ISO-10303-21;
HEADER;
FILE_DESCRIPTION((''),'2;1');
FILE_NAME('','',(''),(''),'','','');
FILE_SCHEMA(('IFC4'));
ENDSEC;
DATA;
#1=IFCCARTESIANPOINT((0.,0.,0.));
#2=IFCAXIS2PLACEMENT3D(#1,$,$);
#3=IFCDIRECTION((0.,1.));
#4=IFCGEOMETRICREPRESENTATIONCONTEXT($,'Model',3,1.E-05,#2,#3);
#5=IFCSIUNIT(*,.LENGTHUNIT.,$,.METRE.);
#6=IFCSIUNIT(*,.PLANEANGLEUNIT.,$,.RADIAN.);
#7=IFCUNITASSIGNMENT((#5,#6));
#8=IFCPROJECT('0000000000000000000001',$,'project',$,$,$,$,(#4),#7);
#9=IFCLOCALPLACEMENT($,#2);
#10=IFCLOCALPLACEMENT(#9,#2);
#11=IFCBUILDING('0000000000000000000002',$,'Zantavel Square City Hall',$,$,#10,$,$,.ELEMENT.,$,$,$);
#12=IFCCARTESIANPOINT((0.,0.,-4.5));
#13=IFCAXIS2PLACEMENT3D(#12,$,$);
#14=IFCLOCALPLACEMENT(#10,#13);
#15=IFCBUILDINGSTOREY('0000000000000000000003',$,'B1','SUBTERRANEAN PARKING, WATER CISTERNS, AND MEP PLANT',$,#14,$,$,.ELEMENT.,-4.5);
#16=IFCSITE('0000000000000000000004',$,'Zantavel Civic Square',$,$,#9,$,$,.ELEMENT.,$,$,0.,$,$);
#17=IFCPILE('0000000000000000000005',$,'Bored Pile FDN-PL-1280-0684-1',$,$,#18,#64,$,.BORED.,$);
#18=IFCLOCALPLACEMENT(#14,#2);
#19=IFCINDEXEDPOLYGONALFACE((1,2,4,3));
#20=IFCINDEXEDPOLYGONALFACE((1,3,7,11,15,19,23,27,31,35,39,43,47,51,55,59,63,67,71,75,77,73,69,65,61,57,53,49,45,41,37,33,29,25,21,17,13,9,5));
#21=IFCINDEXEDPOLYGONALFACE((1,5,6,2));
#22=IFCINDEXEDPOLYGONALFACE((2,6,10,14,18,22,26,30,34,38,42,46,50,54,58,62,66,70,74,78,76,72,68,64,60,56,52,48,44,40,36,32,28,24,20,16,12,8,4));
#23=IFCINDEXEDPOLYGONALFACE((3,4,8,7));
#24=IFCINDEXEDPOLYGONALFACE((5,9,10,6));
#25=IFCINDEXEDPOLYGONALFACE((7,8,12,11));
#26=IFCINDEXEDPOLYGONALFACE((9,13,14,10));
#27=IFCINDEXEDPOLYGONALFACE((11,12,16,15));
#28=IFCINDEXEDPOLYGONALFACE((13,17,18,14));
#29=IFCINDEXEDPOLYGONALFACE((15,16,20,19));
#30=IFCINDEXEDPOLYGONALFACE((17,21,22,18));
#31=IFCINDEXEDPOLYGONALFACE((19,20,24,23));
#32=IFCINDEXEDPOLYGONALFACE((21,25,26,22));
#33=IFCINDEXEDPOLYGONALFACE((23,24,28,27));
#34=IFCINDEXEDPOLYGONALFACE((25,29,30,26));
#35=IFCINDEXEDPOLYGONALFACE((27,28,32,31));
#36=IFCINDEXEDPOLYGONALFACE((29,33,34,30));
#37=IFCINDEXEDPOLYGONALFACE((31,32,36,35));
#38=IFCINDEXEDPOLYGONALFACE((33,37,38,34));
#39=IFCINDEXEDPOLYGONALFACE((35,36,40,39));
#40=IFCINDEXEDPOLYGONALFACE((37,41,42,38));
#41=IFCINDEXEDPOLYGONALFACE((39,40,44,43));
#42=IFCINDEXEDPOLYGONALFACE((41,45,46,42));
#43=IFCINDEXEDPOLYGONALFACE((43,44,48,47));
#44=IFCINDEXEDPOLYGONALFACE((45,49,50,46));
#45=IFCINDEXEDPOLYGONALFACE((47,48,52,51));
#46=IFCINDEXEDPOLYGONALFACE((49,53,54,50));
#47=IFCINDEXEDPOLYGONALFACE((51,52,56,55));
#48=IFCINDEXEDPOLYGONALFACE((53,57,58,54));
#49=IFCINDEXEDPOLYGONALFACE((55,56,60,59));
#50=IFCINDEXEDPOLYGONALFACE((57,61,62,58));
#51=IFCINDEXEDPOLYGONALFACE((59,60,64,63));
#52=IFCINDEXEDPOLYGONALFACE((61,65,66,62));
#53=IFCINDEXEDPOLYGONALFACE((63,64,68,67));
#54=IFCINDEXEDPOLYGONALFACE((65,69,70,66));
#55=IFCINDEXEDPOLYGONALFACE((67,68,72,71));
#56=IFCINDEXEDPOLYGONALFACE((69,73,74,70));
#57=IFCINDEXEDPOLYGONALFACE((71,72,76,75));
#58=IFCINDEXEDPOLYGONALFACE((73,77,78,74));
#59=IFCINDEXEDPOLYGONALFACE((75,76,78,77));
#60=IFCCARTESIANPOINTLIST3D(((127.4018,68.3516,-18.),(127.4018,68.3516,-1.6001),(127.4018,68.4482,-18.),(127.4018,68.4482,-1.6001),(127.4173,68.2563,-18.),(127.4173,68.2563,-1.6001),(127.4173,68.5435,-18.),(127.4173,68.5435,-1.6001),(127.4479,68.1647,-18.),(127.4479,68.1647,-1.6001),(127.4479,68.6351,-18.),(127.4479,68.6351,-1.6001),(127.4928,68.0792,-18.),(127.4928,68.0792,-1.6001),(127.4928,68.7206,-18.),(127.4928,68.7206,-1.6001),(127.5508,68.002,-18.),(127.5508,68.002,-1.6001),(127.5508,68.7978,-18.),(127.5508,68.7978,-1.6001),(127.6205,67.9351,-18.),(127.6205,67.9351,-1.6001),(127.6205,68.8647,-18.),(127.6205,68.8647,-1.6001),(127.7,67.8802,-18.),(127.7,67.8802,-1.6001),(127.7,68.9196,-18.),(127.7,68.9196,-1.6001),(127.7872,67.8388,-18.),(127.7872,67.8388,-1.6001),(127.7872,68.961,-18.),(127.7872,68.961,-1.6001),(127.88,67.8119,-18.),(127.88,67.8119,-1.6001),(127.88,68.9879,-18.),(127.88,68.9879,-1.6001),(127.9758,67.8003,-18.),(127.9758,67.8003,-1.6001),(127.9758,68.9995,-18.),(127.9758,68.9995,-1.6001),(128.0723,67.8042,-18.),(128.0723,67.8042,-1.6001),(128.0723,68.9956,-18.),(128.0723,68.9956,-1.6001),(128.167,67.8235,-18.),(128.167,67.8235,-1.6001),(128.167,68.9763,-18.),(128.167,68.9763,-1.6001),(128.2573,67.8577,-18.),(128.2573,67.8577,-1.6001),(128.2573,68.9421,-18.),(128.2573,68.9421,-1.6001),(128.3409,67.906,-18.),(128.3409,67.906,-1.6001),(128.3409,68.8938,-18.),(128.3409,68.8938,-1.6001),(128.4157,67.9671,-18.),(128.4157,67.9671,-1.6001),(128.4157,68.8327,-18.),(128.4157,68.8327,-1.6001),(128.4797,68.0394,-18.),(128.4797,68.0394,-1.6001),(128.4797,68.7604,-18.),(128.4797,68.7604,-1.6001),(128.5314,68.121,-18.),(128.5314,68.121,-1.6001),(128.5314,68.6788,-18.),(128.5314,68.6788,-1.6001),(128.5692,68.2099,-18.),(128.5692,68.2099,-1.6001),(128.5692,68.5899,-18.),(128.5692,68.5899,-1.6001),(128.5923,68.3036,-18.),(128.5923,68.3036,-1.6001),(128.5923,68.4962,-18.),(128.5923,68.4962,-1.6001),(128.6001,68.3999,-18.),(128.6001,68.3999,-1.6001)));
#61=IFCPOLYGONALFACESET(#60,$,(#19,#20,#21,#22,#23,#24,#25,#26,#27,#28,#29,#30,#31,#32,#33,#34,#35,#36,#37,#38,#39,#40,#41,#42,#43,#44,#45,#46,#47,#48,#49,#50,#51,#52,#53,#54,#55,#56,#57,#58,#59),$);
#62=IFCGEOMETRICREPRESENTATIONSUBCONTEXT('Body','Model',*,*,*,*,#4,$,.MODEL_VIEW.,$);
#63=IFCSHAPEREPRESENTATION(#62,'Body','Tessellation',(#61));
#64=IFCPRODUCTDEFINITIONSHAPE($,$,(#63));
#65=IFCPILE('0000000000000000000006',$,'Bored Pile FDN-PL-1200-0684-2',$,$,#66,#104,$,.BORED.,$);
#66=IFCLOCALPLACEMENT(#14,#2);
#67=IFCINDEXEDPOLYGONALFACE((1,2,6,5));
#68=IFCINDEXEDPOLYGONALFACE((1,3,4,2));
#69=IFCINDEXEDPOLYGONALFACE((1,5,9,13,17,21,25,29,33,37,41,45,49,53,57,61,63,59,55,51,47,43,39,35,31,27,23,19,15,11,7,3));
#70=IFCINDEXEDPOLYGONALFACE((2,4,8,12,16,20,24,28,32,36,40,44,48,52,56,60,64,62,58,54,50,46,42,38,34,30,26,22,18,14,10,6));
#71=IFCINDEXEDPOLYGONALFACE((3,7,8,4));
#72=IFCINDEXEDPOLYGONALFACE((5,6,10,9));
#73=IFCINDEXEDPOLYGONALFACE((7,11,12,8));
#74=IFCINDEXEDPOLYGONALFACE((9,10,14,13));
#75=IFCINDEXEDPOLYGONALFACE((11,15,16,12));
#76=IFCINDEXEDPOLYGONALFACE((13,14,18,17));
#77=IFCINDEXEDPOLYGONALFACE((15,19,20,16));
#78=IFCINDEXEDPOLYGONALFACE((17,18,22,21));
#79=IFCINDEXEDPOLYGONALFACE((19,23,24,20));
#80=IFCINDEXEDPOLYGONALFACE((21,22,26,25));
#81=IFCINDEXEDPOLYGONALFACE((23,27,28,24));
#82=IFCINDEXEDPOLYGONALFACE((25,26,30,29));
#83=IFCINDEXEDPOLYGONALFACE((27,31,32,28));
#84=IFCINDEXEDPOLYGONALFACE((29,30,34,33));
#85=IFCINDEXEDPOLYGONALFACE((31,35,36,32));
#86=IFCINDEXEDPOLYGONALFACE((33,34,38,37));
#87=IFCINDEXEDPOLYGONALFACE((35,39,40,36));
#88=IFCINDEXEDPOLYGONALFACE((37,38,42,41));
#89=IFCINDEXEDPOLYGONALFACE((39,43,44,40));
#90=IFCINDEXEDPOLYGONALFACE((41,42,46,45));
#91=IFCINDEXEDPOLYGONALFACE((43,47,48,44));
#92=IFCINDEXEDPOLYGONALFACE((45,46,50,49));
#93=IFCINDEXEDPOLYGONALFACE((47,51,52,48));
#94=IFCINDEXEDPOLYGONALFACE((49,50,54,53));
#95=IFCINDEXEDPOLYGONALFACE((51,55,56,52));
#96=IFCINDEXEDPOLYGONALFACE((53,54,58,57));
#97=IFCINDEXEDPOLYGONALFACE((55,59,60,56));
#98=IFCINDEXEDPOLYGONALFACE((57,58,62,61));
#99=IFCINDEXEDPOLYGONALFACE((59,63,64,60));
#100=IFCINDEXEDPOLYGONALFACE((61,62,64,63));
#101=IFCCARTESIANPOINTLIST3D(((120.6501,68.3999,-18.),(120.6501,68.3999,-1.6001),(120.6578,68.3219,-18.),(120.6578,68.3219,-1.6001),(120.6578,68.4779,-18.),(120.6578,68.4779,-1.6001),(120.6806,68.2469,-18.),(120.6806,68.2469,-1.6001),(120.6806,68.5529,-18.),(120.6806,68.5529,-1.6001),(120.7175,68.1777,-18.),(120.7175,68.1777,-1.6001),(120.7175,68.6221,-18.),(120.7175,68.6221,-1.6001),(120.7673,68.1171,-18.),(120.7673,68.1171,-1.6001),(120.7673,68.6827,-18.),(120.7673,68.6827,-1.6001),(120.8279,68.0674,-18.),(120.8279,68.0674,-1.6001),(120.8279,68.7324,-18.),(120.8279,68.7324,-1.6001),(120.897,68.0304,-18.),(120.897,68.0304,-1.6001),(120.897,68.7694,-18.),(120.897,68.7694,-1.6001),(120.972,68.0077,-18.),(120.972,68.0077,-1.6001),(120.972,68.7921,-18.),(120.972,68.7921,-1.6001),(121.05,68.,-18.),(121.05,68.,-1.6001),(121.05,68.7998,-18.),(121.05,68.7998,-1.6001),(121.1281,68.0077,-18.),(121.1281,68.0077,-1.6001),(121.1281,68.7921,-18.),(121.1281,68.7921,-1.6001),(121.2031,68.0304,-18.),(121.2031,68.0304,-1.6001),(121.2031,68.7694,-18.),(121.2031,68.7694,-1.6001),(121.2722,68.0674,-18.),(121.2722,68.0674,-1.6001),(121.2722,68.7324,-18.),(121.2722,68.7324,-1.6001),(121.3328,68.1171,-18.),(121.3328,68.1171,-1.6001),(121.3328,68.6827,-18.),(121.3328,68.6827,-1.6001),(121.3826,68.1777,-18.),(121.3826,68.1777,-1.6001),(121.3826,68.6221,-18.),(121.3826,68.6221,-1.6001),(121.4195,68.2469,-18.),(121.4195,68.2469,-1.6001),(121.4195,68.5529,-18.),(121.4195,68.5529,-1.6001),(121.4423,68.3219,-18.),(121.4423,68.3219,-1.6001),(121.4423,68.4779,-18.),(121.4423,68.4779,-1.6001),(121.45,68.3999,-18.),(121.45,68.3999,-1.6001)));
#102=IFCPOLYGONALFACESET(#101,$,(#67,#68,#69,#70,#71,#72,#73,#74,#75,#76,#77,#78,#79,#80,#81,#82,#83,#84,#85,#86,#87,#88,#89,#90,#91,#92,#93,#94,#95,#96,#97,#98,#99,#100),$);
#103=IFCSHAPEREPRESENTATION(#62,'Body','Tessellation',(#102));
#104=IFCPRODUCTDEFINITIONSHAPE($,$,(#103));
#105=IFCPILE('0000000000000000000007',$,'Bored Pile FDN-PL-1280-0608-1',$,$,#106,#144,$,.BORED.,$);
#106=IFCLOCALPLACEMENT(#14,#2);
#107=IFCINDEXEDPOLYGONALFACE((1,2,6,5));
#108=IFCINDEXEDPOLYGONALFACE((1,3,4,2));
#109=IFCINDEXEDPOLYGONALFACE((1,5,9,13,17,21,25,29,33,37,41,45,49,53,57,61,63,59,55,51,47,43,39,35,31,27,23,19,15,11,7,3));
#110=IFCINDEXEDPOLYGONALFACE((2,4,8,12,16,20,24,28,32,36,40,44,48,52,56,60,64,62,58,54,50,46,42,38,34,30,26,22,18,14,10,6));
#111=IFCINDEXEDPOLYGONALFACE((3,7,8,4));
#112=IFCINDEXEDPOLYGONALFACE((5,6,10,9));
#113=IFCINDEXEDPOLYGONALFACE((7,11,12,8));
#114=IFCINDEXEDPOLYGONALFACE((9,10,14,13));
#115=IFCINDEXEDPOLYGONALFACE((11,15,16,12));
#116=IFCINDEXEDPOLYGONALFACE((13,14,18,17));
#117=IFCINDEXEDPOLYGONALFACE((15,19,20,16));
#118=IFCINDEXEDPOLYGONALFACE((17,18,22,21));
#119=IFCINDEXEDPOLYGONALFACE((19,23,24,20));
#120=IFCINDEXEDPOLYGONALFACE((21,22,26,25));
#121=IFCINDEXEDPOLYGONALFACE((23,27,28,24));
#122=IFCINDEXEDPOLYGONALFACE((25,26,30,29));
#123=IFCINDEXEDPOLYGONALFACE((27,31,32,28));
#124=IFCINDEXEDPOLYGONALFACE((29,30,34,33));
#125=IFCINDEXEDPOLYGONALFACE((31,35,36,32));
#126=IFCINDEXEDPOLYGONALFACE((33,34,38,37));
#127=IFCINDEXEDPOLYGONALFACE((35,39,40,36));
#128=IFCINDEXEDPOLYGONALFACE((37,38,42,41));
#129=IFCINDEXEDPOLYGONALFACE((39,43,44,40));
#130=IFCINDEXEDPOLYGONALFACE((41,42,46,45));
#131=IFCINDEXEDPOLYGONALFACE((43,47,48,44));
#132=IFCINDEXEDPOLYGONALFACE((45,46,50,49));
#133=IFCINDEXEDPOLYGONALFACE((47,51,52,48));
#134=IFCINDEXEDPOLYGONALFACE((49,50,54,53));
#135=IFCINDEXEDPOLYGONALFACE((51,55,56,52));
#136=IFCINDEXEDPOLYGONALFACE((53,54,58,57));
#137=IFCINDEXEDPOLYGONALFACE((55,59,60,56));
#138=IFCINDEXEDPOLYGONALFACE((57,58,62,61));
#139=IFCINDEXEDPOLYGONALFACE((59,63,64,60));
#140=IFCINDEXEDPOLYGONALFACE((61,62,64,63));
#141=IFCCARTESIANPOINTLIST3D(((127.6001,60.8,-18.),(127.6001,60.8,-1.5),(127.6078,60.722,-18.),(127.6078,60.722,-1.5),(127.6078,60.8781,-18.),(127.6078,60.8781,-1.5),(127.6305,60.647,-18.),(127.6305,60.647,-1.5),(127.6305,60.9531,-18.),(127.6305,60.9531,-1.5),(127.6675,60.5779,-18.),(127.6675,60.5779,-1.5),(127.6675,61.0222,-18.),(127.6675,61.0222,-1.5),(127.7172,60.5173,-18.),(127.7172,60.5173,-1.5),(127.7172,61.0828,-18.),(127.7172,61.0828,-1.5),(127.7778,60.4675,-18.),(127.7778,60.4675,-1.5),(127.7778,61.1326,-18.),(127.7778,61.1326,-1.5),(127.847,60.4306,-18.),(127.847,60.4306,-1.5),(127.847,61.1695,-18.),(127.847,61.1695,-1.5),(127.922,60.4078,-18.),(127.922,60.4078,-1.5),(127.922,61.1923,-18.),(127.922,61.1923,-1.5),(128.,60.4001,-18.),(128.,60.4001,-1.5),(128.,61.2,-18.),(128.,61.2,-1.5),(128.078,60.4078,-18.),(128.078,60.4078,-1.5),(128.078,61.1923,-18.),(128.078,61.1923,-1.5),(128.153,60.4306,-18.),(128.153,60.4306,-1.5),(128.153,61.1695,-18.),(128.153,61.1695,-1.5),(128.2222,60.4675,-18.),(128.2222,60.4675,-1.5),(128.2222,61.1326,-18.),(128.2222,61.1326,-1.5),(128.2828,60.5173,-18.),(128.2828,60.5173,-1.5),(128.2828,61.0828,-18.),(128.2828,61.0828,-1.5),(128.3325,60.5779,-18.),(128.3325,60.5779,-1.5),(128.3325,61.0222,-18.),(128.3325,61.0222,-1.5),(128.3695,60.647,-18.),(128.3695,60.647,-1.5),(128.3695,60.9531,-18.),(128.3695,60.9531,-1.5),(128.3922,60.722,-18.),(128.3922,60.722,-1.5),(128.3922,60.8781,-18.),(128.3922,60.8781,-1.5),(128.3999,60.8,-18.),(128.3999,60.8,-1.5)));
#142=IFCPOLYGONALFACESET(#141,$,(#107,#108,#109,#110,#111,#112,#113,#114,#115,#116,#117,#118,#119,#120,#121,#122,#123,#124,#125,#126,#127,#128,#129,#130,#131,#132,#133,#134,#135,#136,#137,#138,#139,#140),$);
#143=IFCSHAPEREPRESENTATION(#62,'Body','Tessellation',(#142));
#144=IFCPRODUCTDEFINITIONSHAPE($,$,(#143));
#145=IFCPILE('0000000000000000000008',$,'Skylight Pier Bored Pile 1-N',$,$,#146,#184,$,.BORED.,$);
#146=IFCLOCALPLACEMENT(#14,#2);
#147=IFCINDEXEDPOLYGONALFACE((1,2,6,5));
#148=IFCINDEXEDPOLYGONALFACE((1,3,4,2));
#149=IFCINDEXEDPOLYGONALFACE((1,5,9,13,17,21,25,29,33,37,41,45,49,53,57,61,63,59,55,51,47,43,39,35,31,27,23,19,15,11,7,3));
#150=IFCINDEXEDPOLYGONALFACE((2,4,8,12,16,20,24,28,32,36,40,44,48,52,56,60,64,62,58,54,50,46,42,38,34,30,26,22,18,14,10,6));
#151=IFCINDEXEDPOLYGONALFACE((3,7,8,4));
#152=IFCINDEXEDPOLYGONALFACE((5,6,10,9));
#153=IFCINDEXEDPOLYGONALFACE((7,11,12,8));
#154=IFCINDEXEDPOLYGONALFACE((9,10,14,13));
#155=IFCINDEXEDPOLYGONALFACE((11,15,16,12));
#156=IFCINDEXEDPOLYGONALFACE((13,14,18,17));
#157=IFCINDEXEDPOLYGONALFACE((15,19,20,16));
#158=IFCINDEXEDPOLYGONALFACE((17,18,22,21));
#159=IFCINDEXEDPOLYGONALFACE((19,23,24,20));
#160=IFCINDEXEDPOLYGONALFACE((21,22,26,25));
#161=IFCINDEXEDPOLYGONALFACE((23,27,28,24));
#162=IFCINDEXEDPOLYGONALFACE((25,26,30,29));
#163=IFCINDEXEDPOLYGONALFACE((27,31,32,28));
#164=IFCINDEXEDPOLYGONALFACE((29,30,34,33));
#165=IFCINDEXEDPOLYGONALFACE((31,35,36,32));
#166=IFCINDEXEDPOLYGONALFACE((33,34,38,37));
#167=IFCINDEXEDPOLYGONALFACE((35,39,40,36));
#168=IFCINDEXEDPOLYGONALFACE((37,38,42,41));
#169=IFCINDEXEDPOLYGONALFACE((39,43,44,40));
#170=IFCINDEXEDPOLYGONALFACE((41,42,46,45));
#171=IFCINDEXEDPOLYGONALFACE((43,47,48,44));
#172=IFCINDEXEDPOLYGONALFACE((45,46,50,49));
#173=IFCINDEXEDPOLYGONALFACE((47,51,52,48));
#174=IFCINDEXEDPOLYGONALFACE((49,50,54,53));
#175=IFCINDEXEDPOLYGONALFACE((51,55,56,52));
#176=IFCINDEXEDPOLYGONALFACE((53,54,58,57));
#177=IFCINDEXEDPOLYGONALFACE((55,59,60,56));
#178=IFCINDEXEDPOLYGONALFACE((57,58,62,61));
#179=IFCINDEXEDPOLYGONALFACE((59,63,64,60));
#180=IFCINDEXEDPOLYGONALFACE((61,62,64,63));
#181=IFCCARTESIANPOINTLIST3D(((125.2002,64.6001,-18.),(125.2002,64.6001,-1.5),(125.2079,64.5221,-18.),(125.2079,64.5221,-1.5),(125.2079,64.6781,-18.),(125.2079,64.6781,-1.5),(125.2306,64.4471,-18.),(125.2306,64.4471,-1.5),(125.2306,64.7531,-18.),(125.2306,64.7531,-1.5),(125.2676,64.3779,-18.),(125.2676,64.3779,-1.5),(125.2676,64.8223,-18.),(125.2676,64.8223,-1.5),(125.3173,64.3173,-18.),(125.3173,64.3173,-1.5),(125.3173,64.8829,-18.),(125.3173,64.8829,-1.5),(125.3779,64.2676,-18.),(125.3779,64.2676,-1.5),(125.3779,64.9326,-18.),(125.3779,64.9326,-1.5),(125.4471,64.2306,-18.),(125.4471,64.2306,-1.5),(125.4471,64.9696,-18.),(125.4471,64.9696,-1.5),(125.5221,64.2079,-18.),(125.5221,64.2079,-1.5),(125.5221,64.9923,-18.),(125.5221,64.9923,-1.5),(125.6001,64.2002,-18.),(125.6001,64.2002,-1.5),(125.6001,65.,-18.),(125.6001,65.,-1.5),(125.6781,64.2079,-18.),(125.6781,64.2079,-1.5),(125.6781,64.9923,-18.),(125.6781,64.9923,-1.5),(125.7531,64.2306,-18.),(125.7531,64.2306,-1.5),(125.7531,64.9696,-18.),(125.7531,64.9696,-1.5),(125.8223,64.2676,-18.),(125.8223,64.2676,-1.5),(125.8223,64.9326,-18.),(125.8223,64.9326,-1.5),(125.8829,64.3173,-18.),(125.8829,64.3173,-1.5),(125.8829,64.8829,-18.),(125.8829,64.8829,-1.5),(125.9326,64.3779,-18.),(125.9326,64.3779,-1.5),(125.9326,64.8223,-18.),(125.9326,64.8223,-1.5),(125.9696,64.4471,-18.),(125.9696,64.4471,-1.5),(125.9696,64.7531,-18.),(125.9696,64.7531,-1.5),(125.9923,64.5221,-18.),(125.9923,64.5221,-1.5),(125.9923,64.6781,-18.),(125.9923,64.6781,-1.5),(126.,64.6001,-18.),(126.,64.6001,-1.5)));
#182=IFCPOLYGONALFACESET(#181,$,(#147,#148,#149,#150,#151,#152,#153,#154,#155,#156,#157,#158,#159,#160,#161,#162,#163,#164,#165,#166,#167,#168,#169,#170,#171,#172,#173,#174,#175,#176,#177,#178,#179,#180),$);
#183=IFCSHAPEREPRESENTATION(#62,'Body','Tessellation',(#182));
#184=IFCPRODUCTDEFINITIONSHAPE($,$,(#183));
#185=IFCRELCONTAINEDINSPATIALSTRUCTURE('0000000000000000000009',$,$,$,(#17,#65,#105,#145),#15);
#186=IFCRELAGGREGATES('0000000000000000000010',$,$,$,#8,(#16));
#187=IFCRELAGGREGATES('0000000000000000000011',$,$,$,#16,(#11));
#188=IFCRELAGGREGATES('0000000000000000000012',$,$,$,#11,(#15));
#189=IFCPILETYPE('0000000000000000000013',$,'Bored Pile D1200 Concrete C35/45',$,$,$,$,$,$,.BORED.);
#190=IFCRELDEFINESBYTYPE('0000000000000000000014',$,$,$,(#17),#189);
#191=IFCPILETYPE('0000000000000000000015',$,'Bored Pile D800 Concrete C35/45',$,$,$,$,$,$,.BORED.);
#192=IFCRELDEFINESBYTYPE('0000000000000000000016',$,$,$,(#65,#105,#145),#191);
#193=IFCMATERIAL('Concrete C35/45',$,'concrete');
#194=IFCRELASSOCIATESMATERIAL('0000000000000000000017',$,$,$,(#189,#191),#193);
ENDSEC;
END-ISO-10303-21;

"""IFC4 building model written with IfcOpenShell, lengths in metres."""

from ifc_helpers import new_model, si_unit, direction, frame, origin, origin_2d, place, context, subcontext, project, spatial, circle, extrude, material, material_profile, profile_set, type_object, element, save


model = new_model("IFC4")

# Units and contexts
model_context = context("Model", 3, precision=1e-05, world=origin(), true_north=direction((0.0, 1.0)))
body_context = subcontext(model_context, "Body", "Model", "MODEL_VIEW")
ifc_project = project(units=[si_unit("LENGTHUNIT", "METRE"), si_unit("PLANEANGLEUNIT", "RADIAN")], contexts=[model_context])

# Site, building, storey
site_placement = place(None, origin())
site = spatial("IfcSite", under=ifc_project, at=site_placement, Name="Zantavel Civic Square", CompositionType="ELEMENT", RefElevation=0.0)
building_placement = place(site_placement, origin())
building = spatial("IfcBuilding", under=site, at=building_placement, Name="Zantavel Square City Hall", CompositionType="ELEMENT")
storey_placement = place(building_placement, frame((0.0, 0.0, -4.5)))
storey = spatial("IfcBuildingStorey", under=building, at=storey_placement, Name="B1", Description="SUBTERRANEAN PARKING, WATER CISTERNS, AND MEP PLANT", CompositionType="ELEMENT", Elevation=-4.5)

# Piles
ifc_material_1 = material(Name="Concrete C35/45", Category="concrete")
ifc_material_profile_1 = material_profile(ifc_material_1, circle(Radius=0.6001, at=origin_2d()), Name="PILE D1200")
ifc_profile_set_1 = profile_set([ifc_material_profile_1], Name="Concrete C35/45")
pile_type_1 = type_object("IfcPileType", Name="Bored Pile D1200 Concrete C35/45", PredefinedType="BORED", material=ifc_profile_set_1)
pile_1_placement = place(storey_placement, frame((128.0, 68.3999, -1.6001), z_axis=(0.0, 0.0, -1.0), x_axis=(1.0, 0.0, 0.0)))
element("IfcPile", 1, at=pile_1_placement, inside=storey, type_object=pile_type_1, Name="Bored Pile FDN-PL-1280-0684-1", PredefinedType="BORED", context=body_context, shape_type="SweptSolid", body=[
    extrude(circle(Radius=0.6001, at=origin_2d()), origin(), (0.0, 0.0, 1.0), 16.3999),
])
ifc_material_profile_2 = material_profile(ifc_material_1, circle(Radius=0.3999, at=origin_2d()), Name="PILE D800")
ifc_profile_set_2 = profile_set([ifc_material_profile_2], Name="Concrete C35/45")
pile_type_2 = type_object("IfcPileType", Name="Bored Pile D800 Concrete C35/45", PredefinedType="BORED", material=ifc_profile_set_2)
pile_2_placement = place(storey_placement, frame((121.05, 68.3999, -1.6001), z_axis=(0.0, 0.0, -1.0), x_axis=(1.0, 0.0, 0.0)))
element("IfcPile", 2, at=pile_2_placement, inside=storey, type_object=pile_type_2, Name="Bored Pile FDN-PL-1200-0684-2", PredefinedType="BORED", context=body_context, shape_type="SweptSolid", body=[
    extrude(circle(Radius=0.3999, at=origin_2d()), origin(), (0.0, 0.0, 1.0), 16.3999),
])
for number, where, z_axis, x_axis, name in (
    (3, (128.0, 60.8, -1.5), (0.0, 0.0, -1.0), (1.0, 0.0, 0.0), "Bored Pile FDN-PL-1280-0608-1"),
    (4, (125.6001, 64.6001, -1.5), (0.0, 0.0, -1.0), (1.0, 0.0, 0.0), "Skylight Pier Bored Pile 1-N"),
):
    element("IfcPile", number, at=place(storey_placement, frame(where, z_axis=z_axis, x_axis=x_axis)), inside=storey, type_object=pile_type_2, Name=name, PredefinedType="BORED", context=body_context, shape_type="SweptSolid", body=[
        extrude(circle(Radius=0.3999, at=origin_2d()), origin(), (0.0, 0.0, 1.0), 16.5),
    ])

save(model, "model.ifc")
